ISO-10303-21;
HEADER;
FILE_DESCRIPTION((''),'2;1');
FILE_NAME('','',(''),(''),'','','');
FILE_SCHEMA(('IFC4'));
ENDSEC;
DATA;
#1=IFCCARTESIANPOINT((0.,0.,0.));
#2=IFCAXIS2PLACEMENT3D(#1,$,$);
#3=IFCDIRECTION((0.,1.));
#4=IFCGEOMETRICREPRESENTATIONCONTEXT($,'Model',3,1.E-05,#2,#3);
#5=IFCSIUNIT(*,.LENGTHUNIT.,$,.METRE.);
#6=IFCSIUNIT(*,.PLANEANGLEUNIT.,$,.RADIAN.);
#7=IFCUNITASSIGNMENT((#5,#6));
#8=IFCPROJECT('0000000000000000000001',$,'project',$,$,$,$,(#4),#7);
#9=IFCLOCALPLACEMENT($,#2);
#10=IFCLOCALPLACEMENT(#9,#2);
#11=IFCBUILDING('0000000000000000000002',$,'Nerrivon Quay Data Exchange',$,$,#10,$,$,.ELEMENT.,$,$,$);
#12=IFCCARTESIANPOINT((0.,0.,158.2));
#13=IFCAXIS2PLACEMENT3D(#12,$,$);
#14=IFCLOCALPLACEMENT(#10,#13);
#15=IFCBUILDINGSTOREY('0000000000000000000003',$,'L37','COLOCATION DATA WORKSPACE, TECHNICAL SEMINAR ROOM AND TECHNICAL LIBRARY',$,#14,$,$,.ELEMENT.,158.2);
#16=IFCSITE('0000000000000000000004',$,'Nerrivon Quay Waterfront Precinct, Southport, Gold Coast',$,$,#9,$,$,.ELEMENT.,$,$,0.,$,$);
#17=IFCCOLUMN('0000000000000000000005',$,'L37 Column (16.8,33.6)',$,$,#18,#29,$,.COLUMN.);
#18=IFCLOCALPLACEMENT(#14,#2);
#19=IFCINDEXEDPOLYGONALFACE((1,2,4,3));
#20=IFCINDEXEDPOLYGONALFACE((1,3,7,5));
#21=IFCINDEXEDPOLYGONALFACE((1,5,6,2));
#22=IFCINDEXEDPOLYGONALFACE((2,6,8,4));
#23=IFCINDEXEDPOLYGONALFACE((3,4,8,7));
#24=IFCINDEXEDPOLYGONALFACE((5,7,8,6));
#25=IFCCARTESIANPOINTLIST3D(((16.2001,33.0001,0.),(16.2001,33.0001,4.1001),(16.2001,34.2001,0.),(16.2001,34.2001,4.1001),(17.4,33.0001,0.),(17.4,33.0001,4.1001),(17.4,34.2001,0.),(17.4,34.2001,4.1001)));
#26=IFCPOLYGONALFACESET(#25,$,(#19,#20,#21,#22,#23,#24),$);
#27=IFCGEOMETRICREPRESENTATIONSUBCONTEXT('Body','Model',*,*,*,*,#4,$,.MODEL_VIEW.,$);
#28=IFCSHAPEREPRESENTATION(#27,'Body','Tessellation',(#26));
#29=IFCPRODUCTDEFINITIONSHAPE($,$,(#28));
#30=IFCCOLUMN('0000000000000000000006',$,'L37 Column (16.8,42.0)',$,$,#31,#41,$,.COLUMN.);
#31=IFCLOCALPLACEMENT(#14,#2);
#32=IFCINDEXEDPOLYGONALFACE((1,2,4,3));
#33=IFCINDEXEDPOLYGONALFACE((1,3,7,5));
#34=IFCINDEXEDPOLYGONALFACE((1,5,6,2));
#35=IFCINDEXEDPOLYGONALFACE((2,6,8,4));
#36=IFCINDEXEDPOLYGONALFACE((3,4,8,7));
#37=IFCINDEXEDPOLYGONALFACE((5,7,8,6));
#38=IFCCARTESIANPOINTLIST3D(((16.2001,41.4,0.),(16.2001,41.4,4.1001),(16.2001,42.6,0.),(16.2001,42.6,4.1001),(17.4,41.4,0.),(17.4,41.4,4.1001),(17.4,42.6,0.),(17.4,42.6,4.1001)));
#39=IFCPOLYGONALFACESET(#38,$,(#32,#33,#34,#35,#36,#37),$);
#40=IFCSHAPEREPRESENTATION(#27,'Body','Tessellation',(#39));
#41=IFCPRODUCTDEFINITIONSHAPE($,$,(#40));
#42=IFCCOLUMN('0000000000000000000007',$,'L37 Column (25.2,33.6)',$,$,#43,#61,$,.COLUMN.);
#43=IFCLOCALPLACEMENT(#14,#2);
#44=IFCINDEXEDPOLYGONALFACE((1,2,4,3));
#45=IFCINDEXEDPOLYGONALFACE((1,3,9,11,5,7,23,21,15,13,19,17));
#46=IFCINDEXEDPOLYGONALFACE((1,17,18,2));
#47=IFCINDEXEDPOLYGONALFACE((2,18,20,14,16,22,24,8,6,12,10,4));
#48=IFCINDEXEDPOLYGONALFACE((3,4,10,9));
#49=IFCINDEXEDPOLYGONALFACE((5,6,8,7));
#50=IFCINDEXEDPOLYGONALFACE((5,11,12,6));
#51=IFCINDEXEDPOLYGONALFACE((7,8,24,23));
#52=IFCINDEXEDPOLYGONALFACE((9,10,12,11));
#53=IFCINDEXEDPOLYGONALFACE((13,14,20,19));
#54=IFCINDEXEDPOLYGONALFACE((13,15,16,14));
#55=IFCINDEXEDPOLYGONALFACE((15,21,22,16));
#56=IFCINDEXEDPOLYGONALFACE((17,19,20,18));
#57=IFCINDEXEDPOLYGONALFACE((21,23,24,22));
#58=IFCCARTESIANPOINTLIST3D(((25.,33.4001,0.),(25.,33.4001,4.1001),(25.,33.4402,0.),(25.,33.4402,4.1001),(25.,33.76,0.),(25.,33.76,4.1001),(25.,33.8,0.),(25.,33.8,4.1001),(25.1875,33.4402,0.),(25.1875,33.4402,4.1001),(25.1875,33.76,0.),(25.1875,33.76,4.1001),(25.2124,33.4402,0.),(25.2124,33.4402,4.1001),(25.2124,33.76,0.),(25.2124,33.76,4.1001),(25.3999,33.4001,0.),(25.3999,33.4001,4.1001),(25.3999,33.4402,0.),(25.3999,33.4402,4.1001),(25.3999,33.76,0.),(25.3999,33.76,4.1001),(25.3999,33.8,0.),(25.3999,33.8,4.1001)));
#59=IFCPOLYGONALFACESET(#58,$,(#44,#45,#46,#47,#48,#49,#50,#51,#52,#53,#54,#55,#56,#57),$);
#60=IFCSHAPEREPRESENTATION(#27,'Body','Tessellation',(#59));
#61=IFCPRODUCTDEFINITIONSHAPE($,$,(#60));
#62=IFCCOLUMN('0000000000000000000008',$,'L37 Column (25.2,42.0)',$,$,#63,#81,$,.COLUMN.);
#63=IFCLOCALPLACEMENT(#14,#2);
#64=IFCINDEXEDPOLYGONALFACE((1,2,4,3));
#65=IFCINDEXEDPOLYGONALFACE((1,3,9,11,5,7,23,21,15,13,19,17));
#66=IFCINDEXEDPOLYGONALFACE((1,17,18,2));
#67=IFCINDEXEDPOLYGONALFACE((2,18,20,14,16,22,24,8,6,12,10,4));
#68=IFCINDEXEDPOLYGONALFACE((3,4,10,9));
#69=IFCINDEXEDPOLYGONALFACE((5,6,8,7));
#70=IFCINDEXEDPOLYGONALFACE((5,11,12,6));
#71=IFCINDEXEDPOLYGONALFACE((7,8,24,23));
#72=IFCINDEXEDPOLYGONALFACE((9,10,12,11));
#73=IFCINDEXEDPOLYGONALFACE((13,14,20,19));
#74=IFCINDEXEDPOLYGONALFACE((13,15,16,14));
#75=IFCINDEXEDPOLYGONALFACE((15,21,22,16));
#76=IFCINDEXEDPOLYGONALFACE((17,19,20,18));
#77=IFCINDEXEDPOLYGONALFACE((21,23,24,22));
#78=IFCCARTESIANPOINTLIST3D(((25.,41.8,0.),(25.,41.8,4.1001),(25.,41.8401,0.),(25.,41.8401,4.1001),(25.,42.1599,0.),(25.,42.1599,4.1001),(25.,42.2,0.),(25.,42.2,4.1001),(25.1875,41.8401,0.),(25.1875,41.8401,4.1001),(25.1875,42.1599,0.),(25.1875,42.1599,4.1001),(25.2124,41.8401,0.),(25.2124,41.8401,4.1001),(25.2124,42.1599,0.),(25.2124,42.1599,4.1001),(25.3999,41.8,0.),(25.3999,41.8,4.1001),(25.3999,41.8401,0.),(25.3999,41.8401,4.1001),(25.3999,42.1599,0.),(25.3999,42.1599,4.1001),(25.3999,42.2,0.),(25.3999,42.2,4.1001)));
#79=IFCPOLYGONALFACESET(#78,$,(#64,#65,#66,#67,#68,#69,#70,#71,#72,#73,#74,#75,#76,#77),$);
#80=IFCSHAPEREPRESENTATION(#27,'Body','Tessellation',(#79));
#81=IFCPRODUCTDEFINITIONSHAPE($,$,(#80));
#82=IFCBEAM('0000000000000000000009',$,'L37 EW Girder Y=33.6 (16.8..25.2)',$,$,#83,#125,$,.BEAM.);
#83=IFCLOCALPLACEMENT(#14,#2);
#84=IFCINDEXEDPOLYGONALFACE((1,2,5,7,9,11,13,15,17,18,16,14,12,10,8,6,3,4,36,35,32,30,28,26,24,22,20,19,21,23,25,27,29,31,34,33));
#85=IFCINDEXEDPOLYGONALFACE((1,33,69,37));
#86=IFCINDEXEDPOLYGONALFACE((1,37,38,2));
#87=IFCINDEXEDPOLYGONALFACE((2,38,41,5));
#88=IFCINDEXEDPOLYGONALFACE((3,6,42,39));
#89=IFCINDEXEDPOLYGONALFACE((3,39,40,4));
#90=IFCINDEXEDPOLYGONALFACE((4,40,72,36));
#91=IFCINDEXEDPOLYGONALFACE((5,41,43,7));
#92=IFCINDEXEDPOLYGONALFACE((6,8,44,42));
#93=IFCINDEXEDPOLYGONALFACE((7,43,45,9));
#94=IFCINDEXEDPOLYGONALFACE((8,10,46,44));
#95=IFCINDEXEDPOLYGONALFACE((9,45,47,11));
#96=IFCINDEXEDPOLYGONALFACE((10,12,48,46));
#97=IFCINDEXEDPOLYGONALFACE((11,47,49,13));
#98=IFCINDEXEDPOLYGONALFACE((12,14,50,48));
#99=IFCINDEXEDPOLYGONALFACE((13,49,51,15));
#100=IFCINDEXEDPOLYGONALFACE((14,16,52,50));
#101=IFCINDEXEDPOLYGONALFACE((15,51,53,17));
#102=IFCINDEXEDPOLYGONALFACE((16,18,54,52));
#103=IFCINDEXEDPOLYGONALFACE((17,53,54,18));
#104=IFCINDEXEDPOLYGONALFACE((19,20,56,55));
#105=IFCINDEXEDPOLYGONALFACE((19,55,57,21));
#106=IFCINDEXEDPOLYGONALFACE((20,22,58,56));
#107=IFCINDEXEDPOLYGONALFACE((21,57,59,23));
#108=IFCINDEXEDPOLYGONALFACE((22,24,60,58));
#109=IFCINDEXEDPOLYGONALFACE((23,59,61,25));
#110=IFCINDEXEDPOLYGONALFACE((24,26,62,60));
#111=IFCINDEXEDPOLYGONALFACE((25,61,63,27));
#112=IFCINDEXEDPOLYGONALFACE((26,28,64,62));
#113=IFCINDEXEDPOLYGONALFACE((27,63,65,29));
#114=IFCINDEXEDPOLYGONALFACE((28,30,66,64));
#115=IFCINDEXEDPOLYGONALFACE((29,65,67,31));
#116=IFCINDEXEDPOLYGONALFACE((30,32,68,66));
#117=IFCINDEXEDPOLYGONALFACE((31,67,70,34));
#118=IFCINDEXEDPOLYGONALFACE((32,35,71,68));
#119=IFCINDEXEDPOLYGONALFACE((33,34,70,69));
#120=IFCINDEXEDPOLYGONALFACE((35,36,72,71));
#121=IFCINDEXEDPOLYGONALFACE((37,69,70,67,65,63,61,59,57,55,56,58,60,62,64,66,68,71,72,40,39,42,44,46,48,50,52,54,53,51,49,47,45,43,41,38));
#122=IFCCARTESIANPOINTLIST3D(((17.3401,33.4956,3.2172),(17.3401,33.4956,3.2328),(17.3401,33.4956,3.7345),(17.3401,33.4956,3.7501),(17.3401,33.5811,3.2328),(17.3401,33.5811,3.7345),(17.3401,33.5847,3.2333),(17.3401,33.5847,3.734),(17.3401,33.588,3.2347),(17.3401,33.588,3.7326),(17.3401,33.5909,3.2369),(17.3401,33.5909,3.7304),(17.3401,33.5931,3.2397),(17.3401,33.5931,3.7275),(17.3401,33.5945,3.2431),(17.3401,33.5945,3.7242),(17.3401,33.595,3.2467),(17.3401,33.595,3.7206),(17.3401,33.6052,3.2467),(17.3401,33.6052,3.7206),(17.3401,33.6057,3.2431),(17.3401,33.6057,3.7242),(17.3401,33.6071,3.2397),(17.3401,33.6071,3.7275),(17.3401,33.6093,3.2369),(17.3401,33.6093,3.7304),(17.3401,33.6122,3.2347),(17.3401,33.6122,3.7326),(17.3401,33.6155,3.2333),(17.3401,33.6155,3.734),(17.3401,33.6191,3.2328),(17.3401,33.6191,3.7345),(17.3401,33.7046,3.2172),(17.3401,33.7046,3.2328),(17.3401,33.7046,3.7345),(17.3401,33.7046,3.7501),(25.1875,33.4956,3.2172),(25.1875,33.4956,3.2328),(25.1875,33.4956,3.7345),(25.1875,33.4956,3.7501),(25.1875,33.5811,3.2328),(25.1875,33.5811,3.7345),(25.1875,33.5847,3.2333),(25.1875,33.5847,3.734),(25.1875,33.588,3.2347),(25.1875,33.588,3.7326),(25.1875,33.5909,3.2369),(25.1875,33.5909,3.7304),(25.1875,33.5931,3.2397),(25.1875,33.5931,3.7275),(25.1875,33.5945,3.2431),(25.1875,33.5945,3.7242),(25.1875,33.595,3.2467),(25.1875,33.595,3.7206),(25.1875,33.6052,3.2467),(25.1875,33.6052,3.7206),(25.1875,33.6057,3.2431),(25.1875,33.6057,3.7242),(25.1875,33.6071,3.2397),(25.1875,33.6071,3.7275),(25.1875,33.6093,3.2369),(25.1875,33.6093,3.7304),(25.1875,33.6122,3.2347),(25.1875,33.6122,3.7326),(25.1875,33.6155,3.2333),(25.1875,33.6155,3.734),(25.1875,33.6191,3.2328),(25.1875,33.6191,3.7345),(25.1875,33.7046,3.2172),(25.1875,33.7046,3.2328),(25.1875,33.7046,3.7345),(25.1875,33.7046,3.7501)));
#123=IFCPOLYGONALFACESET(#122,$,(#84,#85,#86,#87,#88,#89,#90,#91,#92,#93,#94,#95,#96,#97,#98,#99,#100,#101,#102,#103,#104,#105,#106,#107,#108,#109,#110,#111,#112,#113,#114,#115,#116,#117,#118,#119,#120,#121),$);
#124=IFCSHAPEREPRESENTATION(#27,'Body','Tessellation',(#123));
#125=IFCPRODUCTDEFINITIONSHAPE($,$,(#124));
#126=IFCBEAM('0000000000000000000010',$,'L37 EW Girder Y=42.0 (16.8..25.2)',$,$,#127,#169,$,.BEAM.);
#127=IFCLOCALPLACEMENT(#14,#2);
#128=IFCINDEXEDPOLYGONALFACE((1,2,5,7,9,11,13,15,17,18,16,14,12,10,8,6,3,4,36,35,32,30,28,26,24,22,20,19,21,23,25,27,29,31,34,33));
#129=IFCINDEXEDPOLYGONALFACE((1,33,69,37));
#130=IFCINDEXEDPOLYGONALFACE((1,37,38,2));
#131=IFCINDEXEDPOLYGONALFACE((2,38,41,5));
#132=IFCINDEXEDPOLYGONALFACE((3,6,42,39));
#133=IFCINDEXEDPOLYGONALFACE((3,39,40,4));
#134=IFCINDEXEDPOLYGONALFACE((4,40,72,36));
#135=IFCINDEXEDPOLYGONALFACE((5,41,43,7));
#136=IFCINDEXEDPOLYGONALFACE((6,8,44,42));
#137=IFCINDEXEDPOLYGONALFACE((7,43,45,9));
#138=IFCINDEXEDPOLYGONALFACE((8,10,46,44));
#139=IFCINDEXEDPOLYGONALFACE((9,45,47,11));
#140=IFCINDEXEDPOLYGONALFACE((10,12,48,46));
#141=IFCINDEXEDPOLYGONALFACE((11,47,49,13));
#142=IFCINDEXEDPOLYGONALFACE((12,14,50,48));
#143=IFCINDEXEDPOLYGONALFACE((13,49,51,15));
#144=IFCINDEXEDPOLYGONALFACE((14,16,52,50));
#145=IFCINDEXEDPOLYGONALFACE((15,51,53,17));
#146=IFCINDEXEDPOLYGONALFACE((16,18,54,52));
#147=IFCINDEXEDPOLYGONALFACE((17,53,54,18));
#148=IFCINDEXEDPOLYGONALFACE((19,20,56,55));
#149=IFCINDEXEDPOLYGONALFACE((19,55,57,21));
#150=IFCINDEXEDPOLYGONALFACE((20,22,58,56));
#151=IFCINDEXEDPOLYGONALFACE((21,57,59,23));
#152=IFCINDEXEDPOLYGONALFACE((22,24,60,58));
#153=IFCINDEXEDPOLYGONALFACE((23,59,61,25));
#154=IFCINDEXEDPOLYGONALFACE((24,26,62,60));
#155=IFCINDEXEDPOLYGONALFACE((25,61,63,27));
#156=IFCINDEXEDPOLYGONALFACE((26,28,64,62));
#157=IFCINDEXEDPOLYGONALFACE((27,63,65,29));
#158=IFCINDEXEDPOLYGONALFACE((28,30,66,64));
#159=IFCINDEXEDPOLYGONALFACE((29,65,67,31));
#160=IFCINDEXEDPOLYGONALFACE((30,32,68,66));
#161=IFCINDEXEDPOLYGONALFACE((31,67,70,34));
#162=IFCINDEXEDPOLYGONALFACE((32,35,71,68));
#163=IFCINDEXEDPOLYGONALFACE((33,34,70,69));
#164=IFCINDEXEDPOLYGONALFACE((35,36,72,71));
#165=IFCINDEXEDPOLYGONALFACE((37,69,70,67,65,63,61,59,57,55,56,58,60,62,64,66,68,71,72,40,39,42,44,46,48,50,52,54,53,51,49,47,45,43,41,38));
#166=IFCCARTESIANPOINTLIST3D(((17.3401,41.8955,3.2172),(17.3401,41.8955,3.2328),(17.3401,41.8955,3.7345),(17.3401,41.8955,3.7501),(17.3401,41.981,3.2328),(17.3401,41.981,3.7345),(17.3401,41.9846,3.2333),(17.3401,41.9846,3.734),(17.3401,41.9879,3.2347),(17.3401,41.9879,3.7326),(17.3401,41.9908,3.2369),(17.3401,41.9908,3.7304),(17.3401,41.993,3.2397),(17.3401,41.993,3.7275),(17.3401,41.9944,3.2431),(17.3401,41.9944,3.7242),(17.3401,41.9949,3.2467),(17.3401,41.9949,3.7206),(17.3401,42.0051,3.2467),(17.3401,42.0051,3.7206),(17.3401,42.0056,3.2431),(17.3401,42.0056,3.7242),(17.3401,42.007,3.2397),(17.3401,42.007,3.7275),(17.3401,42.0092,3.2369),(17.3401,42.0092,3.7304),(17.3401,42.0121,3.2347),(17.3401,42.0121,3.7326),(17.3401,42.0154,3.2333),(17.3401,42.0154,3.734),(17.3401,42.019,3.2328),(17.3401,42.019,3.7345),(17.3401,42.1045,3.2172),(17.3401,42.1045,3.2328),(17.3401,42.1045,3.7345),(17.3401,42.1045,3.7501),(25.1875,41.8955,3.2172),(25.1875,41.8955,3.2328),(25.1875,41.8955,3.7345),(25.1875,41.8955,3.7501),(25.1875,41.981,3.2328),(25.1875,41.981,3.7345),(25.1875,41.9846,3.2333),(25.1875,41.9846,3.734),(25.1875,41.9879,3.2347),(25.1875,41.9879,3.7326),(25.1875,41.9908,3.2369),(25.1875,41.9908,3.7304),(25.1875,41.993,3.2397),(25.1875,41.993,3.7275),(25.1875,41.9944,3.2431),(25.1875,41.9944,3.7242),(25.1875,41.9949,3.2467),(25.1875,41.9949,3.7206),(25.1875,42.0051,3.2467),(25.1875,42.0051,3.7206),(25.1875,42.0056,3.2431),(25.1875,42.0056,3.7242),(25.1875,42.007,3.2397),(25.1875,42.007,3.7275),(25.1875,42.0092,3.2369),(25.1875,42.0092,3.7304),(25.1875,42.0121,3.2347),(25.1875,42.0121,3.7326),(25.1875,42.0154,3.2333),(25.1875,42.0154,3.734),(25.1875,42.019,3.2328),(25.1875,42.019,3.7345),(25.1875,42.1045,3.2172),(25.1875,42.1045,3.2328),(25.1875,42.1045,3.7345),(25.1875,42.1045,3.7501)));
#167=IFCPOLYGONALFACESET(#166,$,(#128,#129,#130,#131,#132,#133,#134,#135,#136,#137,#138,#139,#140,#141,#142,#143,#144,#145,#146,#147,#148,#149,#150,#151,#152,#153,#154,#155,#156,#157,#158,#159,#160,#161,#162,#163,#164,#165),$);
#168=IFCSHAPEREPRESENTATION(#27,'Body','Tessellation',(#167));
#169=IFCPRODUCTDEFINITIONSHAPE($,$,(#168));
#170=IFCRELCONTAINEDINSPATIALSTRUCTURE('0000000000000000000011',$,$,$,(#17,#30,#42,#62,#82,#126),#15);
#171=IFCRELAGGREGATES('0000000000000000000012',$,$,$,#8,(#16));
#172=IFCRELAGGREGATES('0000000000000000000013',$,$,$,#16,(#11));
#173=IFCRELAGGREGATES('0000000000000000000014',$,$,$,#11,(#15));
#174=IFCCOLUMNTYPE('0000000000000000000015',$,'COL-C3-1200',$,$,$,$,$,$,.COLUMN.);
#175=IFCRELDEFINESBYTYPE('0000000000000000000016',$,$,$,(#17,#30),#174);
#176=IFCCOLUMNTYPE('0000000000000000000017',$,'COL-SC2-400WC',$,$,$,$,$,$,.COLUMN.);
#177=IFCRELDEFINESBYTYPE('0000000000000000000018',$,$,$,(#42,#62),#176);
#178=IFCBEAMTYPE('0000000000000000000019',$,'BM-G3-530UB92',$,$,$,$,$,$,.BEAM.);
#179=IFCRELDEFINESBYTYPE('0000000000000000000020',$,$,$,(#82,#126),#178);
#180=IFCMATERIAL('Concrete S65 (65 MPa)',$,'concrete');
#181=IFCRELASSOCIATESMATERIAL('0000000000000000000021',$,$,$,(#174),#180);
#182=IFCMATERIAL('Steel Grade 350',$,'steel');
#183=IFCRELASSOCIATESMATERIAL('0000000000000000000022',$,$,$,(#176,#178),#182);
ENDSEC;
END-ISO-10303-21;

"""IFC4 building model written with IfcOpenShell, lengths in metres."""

from ifc_helpers import new_model, si_unit, direction, frame, origin, origin_2d, place, context, subcontext, project, spatial, rectangle, i_section, extrude, material, material_profile, profile_set, type_object, element, save


model = new_model("IFC4")

# Units and contexts
model_context = context("Model", 3, precision=1e-05, world=origin(), true_north=direction((0.0, 1.0)))
body_context = subcontext(model_context, "Body", "Model", "MODEL_VIEW")
ifc_project = project(units=[si_unit("LENGTHUNIT", "METRE"), si_unit("PLANEANGLEUNIT", "RADIAN")], contexts=[model_context])

# Site, building, storey
site_placement = place(None, origin())
site = spatial("IfcSite", under=ifc_project, at=site_placement, Name="Nerrivon Quay Waterfront Precinct, Southport, Gold Coast", CompositionType="ELEMENT", RefElevation=0.0)
building_placement = place(site_placement, origin())
building = spatial("IfcBuilding", under=site, at=building_placement, Name="Nerrivon Quay Data Exchange", CompositionType="ELEMENT")
storey_placement = place(building_placement, frame((0.0, 0.0, 158.2)))
storey = spatial("IfcBuildingStorey", under=building, at=storey_placement, Name="L37", Description="COLOCATION DATA WORKSPACE, TECHNICAL SEMINAR ROOM AND TECHNICAL LIBRARY", CompositionType="ELEMENT", Elevation=158.2)

# Columns
ifc_material_1 = material(Name="Concrete S65 (65 MPa)", Category="concrete")
ifc_material_profile_1 = material_profile(ifc_material_1, rectangle(XDim=1.2, YDim=1.2, at=origin_2d()), Name="RC-COL-1200x1200")
ifc_profile_set_1 = profile_set([ifc_material_profile_1], Name="Concrete S65 (65 MPa)")
column_type_1 = type_object("IfcColumnType", Name="COL-C3-1200", PredefinedType="COLUMN", material=ifc_profile_set_1)
for number, where, z_axis, x_axis, name in (
    (1, (16.8, 33.6001, 0.0), (0.0, 0.0, 1.0), (1.0, 0.0, 0.0), "L37 Column (16.8,33.6)"),
    (2, (16.8, 42.0, 0.0), (0.0, 0.0, 1.0), (1.0, 0.0, 0.0), "L37 Column (16.8,42.0)"),
):
    element("IfcColumn", number, at=place(storey_placement, frame(where, z_axis=z_axis, x_axis=x_axis)), inside=storey, type_object=column_type_1, Name=name, PredefinedType="COLUMN", context=body_context, shape_type="SweptSolid", body=[
        extrude(rectangle(XDim=1.2, YDim=1.2, at=origin_2d()), origin(), (0.0, 0.0, 1.0), 4.1001),
    ])
ifc_material_2 = material(Name="Steel Grade 350", Category="steel")
ifc_material_profile_2 = material_profile(ifc_material_2, i_section(OverallWidth=0.3999, OverallDepth=0.3999, WebThickness=0.0249, FlangeThickness=0.04, at=origin_2d()), Name="400WC328")
ifc_profile_set_2 = profile_set([ifc_material_profile_2], Name="Steel Grade 350")
column_type_2 = type_object("IfcColumnType", Name="COL-SC2-400WC", PredefinedType="COLUMN", material=ifc_profile_set_2)
for number, where, z_axis, x_axis, name in (
    (3, (25.2, 33.6001, 0.0), (0.0, 0.0, 1.0), (1.0, 0.0, 0.0), "L37 Column (25.2,33.6)"),
    (4, (25.2, 42.0, 0.0), (0.0, 0.0, 1.0), (1.0, 0.0, 0.0), "L37 Column (25.2,42.0)"),
):
    element("IfcColumn", number, at=place(storey_placement, frame(where, z_axis=z_axis, x_axis=x_axis)), inside=storey, type_object=column_type_2, Name=name, PredefinedType="COLUMN", context=body_context, shape_type="SweptSolid", body=[
        extrude(i_section(OverallWidth=0.3999, OverallDepth=0.3999, WebThickness=0.0249, FlangeThickness=0.04, at=origin_2d()), origin(), (0.0, 0.0, 1.0), 4.1001),
    ])

# Beams
ifc_material_profile_3 = material_profile(ifc_material_2, i_section(OverallWidth=0.209, OverallDepth=0.533, WebThickness=0.0103, FlangeThickness=0.0156, FilletRadius=0.0139, at=origin_2d()), Name="530UB92.4")
ifc_profile_set_3 = profile_set([ifc_material_profile_3], Name="Steel Grade 350")
beam_type_1 = type_object("IfcBeamType", Name="BM-G3-530UB92", PredefinedType="BEAM", material=ifc_profile_set_3)
for number, where, z_axis, x_axis, name in (
    (5, (17.3401, 33.6001, 3.4836), (1.0, 0.0, 0.0), (0.0, 1.0, 0.0), "L37 EW Girder Y=33.6 (16.8..25.2)"),
    (6, (17.3401, 42.0, 3.4836), (1.0, 0.0, 0.0), (0.0, 1.0, 0.0), "L37 EW Girder Y=42.0 (16.8..25.2)"),
):
    element("IfcBeam", number, at=place(storey_placement, frame(where, z_axis=z_axis, x_axis=x_axis)), inside=storey, type_object=beam_type_1, Name=name, PredefinedType="BEAM", context=body_context, shape_type="SweptSolid", body=[
        extrude(i_section(OverallWidth=0.209, OverallDepth=0.533, WebThickness=0.0103, FlangeThickness=0.0156, FilletRadius=0.0139, at=origin_2d()), origin(), (0.0, 0.0, 1.0), 7.8474),
    ])

save(model, "model.ifc")
